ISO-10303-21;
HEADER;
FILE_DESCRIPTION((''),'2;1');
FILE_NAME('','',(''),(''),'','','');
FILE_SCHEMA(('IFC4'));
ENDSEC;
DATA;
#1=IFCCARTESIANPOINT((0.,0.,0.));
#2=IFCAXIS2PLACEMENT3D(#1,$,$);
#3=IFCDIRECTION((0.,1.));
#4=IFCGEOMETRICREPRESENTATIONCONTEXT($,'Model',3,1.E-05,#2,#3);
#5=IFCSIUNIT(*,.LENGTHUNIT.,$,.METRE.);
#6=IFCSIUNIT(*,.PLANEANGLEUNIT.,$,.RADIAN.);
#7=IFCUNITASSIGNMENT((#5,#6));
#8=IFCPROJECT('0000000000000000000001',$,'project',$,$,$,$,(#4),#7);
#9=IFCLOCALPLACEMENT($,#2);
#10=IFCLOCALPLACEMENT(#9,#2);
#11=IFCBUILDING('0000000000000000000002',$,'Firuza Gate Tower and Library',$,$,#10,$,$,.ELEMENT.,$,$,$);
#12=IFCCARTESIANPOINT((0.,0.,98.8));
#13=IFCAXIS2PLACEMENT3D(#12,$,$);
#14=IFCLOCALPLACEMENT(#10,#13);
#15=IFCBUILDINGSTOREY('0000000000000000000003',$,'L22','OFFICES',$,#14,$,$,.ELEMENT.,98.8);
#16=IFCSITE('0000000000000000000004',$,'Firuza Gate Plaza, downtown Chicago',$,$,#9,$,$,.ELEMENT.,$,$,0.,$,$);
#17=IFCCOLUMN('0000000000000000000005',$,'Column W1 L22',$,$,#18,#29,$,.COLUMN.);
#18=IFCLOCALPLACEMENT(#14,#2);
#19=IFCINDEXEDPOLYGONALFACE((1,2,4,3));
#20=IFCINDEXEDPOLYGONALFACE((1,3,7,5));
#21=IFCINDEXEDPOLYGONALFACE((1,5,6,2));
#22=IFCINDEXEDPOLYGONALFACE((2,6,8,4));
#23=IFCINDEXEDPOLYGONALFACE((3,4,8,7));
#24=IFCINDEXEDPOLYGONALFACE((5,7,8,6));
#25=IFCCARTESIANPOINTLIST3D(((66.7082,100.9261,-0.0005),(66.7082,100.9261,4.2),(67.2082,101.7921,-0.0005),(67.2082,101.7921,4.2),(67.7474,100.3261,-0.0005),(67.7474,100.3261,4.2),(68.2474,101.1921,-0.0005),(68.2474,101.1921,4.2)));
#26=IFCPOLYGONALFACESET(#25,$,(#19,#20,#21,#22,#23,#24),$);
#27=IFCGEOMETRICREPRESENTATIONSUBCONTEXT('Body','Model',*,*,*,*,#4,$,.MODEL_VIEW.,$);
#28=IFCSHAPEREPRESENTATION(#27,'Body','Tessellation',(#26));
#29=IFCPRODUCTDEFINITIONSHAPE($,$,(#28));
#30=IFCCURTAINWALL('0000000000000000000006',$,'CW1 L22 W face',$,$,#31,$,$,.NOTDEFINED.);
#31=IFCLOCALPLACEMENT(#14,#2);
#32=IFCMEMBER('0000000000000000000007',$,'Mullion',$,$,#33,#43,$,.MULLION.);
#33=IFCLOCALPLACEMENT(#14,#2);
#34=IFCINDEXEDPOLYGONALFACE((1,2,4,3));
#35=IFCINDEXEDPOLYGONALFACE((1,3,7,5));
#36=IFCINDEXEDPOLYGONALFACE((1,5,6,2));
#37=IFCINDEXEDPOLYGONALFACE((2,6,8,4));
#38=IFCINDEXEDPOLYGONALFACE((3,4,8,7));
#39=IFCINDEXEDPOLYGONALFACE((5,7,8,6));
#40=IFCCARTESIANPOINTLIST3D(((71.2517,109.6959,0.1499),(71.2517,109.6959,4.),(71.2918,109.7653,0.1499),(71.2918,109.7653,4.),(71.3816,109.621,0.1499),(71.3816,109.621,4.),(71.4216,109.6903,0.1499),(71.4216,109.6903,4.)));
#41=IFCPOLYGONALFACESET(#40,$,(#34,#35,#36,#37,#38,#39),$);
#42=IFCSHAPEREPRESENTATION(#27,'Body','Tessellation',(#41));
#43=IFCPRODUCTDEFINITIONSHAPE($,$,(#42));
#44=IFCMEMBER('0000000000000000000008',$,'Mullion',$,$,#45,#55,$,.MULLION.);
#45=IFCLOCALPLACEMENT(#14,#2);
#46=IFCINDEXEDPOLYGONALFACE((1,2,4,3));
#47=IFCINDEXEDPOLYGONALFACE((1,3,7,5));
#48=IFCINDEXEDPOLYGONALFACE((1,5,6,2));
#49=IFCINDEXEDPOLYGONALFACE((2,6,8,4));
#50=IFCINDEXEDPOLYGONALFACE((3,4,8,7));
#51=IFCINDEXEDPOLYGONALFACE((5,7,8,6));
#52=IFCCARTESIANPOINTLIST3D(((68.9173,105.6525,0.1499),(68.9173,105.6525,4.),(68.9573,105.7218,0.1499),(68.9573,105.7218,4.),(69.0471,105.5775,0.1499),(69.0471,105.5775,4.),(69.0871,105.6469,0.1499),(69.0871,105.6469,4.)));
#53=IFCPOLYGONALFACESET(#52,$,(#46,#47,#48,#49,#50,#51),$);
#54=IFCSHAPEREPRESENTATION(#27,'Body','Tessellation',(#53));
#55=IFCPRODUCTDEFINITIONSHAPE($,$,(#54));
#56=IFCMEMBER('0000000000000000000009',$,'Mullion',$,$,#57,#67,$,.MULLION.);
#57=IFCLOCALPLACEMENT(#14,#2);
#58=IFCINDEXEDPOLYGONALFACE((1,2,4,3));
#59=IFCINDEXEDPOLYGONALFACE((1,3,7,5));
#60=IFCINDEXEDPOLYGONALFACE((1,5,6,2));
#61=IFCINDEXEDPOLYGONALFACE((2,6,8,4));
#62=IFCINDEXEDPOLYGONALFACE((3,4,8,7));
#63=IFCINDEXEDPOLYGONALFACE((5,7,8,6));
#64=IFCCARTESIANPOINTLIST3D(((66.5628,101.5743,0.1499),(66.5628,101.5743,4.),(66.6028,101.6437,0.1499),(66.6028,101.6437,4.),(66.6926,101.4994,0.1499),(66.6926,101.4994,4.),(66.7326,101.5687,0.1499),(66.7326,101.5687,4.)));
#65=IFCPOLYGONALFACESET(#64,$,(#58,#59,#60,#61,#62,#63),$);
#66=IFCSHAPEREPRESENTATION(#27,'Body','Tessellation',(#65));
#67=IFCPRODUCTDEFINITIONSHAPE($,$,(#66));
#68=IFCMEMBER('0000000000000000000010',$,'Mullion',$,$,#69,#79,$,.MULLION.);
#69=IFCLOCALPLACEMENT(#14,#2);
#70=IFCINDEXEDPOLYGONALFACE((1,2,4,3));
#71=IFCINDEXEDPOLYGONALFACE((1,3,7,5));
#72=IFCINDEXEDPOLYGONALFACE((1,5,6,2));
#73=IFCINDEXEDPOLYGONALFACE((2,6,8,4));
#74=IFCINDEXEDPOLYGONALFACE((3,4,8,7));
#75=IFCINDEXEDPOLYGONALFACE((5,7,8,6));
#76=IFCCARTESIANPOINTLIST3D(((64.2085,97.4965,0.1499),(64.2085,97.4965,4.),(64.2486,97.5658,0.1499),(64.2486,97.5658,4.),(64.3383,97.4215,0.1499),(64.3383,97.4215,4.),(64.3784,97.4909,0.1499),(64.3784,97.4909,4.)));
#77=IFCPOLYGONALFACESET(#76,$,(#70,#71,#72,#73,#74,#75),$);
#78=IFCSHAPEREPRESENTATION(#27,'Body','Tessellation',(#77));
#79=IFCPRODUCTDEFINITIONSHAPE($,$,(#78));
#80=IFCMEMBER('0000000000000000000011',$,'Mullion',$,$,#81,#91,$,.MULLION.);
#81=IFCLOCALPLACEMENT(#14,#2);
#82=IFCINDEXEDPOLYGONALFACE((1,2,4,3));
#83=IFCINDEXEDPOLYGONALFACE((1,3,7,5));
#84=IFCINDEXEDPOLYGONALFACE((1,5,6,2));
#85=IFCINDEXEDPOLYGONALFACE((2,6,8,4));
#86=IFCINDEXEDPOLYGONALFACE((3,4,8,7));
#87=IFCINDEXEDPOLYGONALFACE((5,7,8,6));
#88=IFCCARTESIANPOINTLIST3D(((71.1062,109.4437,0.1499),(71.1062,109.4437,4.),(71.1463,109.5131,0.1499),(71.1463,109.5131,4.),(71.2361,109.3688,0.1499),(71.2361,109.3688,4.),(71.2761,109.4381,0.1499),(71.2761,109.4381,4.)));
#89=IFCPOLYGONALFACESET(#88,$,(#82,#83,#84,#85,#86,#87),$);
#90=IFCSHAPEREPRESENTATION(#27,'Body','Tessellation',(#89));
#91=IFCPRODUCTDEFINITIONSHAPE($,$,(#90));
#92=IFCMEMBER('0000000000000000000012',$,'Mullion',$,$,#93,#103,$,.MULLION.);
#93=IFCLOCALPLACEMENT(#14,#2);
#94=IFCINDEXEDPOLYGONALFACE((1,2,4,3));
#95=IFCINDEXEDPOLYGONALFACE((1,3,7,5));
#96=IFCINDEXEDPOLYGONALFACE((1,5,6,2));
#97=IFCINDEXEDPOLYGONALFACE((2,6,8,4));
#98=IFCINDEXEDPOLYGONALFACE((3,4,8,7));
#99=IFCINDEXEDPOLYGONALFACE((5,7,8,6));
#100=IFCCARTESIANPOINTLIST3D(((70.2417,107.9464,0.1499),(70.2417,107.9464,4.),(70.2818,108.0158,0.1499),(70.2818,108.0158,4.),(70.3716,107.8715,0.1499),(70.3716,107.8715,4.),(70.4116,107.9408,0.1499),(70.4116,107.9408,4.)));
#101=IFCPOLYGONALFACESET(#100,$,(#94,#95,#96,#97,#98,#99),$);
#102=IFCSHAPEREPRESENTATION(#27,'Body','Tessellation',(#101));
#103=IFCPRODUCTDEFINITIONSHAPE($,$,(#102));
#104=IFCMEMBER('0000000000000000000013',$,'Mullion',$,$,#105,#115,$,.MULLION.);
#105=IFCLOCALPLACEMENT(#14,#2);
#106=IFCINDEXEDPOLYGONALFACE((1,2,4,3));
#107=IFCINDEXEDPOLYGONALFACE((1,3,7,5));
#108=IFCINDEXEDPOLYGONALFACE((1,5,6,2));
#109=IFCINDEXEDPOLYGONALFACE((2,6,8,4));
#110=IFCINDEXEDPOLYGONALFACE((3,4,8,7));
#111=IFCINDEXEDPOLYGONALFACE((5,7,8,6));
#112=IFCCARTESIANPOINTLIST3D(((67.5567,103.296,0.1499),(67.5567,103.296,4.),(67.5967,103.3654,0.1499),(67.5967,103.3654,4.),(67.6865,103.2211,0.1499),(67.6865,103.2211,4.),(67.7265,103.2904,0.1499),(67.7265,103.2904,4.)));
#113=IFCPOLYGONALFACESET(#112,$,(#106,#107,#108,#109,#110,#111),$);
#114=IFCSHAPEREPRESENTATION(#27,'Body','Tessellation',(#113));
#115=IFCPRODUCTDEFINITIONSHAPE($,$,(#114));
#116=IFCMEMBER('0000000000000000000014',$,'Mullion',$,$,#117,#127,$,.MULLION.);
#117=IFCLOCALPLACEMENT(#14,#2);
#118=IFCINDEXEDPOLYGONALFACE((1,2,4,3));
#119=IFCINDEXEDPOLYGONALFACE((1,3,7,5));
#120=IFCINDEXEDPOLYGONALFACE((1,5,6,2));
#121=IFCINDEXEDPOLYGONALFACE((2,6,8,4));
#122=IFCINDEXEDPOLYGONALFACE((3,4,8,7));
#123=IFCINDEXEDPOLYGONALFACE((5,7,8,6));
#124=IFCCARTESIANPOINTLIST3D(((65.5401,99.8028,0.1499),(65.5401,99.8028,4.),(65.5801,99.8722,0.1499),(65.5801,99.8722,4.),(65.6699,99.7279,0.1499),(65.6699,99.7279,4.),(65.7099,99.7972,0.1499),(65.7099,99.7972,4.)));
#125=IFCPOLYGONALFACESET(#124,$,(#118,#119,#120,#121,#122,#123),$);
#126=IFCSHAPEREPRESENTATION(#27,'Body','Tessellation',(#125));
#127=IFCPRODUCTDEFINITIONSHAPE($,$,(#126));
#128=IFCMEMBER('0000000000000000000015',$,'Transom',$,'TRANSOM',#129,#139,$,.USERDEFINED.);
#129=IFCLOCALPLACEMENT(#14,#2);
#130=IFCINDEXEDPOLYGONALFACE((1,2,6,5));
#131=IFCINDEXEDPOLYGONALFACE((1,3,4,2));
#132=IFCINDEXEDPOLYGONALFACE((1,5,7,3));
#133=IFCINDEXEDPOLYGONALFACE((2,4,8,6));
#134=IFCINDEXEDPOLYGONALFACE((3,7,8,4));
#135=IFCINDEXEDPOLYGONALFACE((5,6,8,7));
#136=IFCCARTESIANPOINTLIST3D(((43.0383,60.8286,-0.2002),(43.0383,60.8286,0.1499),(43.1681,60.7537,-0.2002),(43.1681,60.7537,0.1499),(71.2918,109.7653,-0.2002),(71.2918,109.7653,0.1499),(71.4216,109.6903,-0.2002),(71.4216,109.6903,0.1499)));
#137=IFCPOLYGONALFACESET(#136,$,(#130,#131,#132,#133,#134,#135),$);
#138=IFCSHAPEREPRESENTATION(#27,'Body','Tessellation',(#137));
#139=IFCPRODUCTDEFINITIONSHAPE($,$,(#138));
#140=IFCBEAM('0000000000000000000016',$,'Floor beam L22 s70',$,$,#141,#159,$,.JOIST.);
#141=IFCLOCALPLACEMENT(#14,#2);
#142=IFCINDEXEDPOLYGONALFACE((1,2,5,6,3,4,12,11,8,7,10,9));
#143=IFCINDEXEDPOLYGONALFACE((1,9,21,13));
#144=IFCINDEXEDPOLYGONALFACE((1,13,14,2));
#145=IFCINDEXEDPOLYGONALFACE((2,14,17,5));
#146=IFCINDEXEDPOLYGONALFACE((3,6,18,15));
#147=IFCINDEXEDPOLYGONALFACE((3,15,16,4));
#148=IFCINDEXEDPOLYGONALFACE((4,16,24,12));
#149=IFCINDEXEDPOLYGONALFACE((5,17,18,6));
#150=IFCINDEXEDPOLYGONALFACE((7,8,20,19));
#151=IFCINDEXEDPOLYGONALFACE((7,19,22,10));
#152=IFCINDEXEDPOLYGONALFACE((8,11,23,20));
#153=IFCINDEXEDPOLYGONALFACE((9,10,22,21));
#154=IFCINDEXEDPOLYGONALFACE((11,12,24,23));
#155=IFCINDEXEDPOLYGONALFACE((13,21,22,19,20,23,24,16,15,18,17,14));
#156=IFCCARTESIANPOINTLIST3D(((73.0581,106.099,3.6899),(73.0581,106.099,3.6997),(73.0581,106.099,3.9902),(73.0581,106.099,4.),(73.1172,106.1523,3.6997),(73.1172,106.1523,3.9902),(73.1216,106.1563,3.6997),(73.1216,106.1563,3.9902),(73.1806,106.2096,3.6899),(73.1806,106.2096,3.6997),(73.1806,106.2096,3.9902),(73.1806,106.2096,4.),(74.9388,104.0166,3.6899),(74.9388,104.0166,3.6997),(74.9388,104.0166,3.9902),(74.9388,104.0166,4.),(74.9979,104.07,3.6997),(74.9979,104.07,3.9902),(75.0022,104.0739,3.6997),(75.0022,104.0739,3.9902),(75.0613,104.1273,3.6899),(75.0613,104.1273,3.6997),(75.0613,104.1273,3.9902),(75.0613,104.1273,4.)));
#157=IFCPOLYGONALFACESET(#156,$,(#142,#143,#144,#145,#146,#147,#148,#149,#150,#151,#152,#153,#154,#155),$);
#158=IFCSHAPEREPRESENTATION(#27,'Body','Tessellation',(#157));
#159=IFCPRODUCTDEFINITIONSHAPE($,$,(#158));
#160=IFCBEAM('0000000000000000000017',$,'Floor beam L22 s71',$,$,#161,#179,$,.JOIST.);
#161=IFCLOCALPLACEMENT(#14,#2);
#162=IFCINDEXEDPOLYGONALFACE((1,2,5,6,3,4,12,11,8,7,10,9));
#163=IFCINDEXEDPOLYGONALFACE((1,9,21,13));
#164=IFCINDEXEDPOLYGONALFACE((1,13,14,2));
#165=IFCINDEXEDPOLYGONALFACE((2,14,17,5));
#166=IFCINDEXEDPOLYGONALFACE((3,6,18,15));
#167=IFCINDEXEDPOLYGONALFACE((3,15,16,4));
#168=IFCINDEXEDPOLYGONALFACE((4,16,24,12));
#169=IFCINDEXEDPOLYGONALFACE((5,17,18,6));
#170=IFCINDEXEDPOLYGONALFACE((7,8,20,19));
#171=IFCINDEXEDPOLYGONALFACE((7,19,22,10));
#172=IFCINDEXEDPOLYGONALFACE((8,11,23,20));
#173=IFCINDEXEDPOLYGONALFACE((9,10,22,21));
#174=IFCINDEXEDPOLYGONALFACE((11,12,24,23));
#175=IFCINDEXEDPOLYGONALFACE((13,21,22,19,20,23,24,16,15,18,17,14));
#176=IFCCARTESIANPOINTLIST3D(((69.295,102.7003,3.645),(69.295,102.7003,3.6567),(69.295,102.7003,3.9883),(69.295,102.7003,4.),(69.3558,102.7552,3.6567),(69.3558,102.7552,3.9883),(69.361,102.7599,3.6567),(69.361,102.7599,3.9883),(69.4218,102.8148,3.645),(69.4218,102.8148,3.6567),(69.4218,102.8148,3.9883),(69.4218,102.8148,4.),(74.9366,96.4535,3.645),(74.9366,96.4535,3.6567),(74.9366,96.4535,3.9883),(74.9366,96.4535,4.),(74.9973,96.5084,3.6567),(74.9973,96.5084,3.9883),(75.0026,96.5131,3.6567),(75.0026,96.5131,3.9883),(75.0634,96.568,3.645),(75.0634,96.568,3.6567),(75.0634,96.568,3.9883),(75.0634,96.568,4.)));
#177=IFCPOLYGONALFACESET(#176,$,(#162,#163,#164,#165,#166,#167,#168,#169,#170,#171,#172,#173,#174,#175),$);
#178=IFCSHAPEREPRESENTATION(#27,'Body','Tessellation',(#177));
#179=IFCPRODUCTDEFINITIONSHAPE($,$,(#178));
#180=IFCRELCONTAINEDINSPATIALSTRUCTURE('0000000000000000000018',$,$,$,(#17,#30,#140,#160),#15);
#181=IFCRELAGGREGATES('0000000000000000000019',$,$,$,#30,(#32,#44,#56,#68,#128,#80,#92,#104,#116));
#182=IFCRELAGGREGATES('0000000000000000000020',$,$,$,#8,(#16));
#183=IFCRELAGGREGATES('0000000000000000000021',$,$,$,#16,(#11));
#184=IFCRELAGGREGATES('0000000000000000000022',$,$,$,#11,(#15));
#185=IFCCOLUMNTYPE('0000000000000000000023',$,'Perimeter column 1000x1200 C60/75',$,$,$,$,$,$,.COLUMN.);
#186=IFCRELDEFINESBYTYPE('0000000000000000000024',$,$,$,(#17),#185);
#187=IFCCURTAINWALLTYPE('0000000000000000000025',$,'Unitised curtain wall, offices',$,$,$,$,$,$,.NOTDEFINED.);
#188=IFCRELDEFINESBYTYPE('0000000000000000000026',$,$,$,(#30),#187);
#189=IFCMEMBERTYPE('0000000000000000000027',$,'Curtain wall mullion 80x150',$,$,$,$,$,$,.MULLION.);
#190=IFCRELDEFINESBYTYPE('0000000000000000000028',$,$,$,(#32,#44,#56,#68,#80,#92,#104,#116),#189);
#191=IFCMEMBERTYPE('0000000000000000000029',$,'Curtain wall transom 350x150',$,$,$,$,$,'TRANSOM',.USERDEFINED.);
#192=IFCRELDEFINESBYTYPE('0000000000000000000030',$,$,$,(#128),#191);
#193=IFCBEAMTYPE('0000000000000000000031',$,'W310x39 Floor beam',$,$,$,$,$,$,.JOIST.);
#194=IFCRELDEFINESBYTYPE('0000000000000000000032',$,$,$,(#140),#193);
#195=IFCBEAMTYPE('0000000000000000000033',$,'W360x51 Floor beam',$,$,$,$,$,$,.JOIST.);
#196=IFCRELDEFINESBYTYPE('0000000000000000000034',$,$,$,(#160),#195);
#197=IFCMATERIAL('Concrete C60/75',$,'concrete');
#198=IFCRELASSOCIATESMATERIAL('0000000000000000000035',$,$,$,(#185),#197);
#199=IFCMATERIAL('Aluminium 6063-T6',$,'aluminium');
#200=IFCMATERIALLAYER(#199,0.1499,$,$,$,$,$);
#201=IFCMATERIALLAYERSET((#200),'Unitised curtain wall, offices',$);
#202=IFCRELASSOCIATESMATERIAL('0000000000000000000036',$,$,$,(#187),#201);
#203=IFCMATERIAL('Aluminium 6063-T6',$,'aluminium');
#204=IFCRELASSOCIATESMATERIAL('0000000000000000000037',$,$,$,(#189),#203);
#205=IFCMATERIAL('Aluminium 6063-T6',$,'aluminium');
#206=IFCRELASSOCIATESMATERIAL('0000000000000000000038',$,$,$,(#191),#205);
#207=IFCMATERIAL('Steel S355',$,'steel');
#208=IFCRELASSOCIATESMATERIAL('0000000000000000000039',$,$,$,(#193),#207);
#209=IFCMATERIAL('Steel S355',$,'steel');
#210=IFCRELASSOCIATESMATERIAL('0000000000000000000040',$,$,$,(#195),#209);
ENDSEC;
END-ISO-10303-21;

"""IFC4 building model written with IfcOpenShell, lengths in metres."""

from ifc_helpers import new_model, si_unit, direction, frame, origin, origin_2d, place, context, subcontext, project, spatial, rectangle, i_section, extrude, material, layer, layer_set, material_profile, profile_set, type_object, element, aggregate, save


model = new_model("IFC4")

# Units and contexts
model_context = context("Model", 3, precision=1e-05, world=origin(), true_north=direction((0.0, 1.0)))
body_context = subcontext(model_context, "Body", "Model", "MODEL_VIEW")
ifc_project = project(units=[si_unit("LENGTHUNIT", "METRE"), si_unit("PLANEANGLEUNIT", "RADIAN")], contexts=[model_context])

# Site, building, storey
site_placement = place(None, origin())
site = spatial("IfcSite", under=ifc_project, at=site_placement, Name="Firuza Gate Plaza, downtown Chicago", CompositionType="ELEMENT", RefElevation=0.0)
building_placement = place(site_placement, origin())
building = spatial("IfcBuilding", under=site, at=building_placement, Name="Firuza Gate Tower and Library", CompositionType="ELEMENT")
storey_placement = place(building_placement, frame((0.0, 0.0, 98.8)))
storey = spatial("IfcBuildingStorey", under=building, at=storey_placement, Name="L22", Description="OFFICES", CompositionType="ELEMENT", Elevation=98.8)

# Column
ifc_material_1 = material(Name="Concrete C60/75", Category="concrete")
ifc_material_profile_1 = material_profile(ifc_material_1, rectangle(XDim=1.0, YDim=1.2, at=origin_2d()))
ifc_profile_set_1 = profile_set([ifc_material_profile_1], Name="Concrete C60/75")
column_type = type_object("IfcColumnType", Name="Perimeter column 1000x1200 C60/75", PredefinedType="COLUMN", material=ifc_profile_set_1)
column_placement = place(storey_placement, frame((67.4778, 101.0591, -0.0005), z_axis=(0.0, 0.0, 1.0), x_axis=(-0.5, -0.866025, 0.0)))
element("IfcColumn", 1, at=column_placement, inside=storey, type_object=column_type, Name="Column W1 L22", PredefinedType="COLUMN", context=body_context, shape_type="SweptSolid", body=[
    extrude(rectangle(XDim=1.0, YDim=1.2, at=origin_2d()), origin(), (0.0, 0.0, 1.0), 4.2004),
])

# Curtain wall, members
ifc_material_2 = material(Name="Aluminium 6063-T6", Category="aluminium")
ifc_layer_1 = layer(ifc_material_2, 0.1499)
ifc_layer_set_1 = layer_set([ifc_layer_1], Name="Unitised curtain wall, offices")
curtain_wall_type = type_object("IfcCurtainWallType", Name="Unitised curtain wall, offices", PredefinedType="NOTDEFINED", material=ifc_layer_set_1)
curtain_wall_placement = place(storey_placement, origin())
curtain_wall = element("IfcCurtainWall", 2, at=curtain_wall_placement, inside=storey, type_object=curtain_wall_type, Name="CW1 L22 W face", PredefinedType="NOTDEFINED")
ifc_material_3 = material(Name="Aluminium 6063-T6", Category="aluminium")
ifc_material_profile_2 = material_profile(ifc_material_3, rectangle(XDim=0.1499, YDim=0.0801, at=origin_2d()))
ifc_profile_set_2 = profile_set([ifc_material_profile_2], Name="Aluminium 6063-T6")
member_type_1 = type_object("IfcMemberType", Name="Curtain wall mullion 80x150", PredefinedType="MULLION", material=ifc_profile_set_2)
member_1_placement = place(storey_placement, frame((71.3367, 109.6931, 0.1499), z_axis=(0.0, 0.0, 1.0), x_axis=(0.866025, -0.5, 0.0)))
member_1 = element("IfcMember", 3, at=member_1_placement, type_object=member_type_1, Name="Mullion", PredefinedType="MULLION", context=body_context, shape_type="SweptSolid", body=[
    extrude(rectangle(XDim=0.1499, YDim=0.0801, at=origin_2d()), origin(), (0.0, 0.0, 1.0), 3.8501),
])
member_2_placement = place(storey_placement, frame((69.0022, 105.6497, 0.1499), z_axis=(0.0, 0.0, 1.0), x_axis=(0.866025, -0.5, 0.0)))
member_2 = element("IfcMember", 4, at=member_2_placement, type_object=member_type_1, Name="Mullion", PredefinedType="MULLION", context=body_context, shape_type="SweptSolid", body=[
    extrude(rectangle(XDim=0.1499, YDim=0.0801, at=origin_2d()), origin(), (0.0, 0.0, 1.0), 3.8501),
])
member_3_placement = place(storey_placement, frame((66.6477, 101.5715, 0.1499), z_axis=(0.0, 0.0, 1.0), x_axis=(0.866025, -0.5, 0.0)))
member_3 = element("IfcMember", 5, at=member_3_placement, type_object=member_type_1, Name="Mullion", PredefinedType="MULLION", context=body_context, shape_type="SweptSolid", body=[
    extrude(rectangle(XDim=0.1499, YDim=0.0801, at=origin_2d()), origin(), (0.0, 0.0, 1.0), 3.8501),
])
member_4_placement = place(storey_placement, frame((64.2935, 97.4937, 0.1499), z_axis=(0.0, 0.0, 1.0), x_axis=(0.866025, -0.5, 0.0)))
member_4 = element("IfcMember", 6, at=member_4_placement, type_object=member_type_1, Name="Mullion", PredefinedType="MULLION", context=body_context, shape_type="SweptSolid", body=[
    extrude(rectangle(XDim=0.1499, YDim=0.0801, at=origin_2d()), origin(), (0.0, 0.0, 1.0), 3.8501),
])
member_5_placement = place(storey_placement, frame((71.1912, 109.4409, 0.1499), z_axis=(0.0, 0.0, 1.0), x_axis=(0.866025, -0.5, 0.0)))
member_5 = element("IfcMember", 7, at=member_5_placement, type_object=member_type_1, Name="Mullion", PredefinedType="MULLION", context=body_context, shape_type="SweptSolid", body=[
    extrude(rectangle(XDim=0.1499, YDim=0.0801, at=origin_2d()), origin(), (0.0, 0.0, 1.0), 3.8501),
])
member_6_placement = place(storey_placement, frame((70.3267, 107.9436, 0.1499), z_axis=(0.0, 0.0, 1.0), x_axis=(0.866025, -0.5, 0.0)))
member_6 = element("IfcMember", 8, at=member_6_placement, type_object=member_type_1, Name="Mullion", PredefinedType="MULLION", context=body_context, shape_type="SweptSolid", body=[
    extrude(rectangle(XDim=0.1499, YDim=0.0801, at=origin_2d()), origin(), (0.0, 0.0, 1.0), 3.8501),
])
member_7_placement = place(storey_placement, frame((67.6416, 103.2932, 0.1499), z_axis=(0.0, 0.0, 1.0), x_axis=(0.866025, -0.5, 0.0)))
member_7 = element("IfcMember", 9, at=member_7_placement, type_object=member_type_1, Name="Mullion", PredefinedType="MULLION", context=body_context, shape_type="SweptSolid", body=[
    extrude(rectangle(XDim=0.1499, YDim=0.0801, at=origin_2d()), origin(), (0.0, 0.0, 1.0), 3.8501),
])
member_8_placement = place(storey_placement, frame((65.625, 99.8, 0.1499), z_axis=(0.0, 0.0, 1.0), x_axis=(0.866025, -0.5, 0.0)))
member_8 = element("IfcMember", 10, at=member_8_placement, type_object=member_type_1, Name="Mullion", PredefinedType="MULLION", context=body_context, shape_type="SweptSolid", body=[
    extrude(rectangle(XDim=0.1499, YDim=0.0801, at=origin_2d()), origin(), (0.0, 0.0, 1.0), 3.8501),
])
ifc_material_4 = material(Name="Aluminium 6063-T6", Category="aluminium")
ifc_material_profile_3 = material_profile(ifc_material_4, rectangle(XDim=0.1499, YDim=0.3501, at=origin_2d()))
ifc_profile_set_3 = profile_set([ifc_material_profile_3], Name="Aluminium 6063-T6")
member_type_2 = type_object("IfcMemberType", Name="Curtain wall transom 350x150", ElementType="TRANSOM", PredefinedType="USERDEFINED", material=ifc_profile_set_3)
member_9_placement = place(storey_placement, frame((71.3567, 109.7278, -0.0251), z_axis=(-0.499999, -0.866026, 0.0), x_axis=(0.866026, -0.499999, 0.0)))
member_9 = element("IfcMember", 11, at=member_9_placement, type_object=member_type_2, Name="Transom", ObjectType="TRANSOM", PredefinedType="USERDEFINED", context=body_context, shape_type="SweptSolid", body=[
    extrude(rectangle(XDim=0.1499, YDim=0.3501, at=origin_2d()), origin(), (0.0, 0.0, 1.0), 56.5071),
])

# Beams
ifc_material_5 = material(Name="Steel S355", Category="steel")
ifc_material_profile_4 = material_profile(ifc_material_5, i_section(OverallWidth=0.165, OverallDepth=0.3101, WebThickness=0.0059, FlangeThickness=0.0098, at=origin_2d()))
ifc_profile_set_4 = profile_set([ifc_material_profile_4], Name="Steel S355")
beam_type_1 = type_object("IfcBeamType", Name="W310x39 Floor beam", PredefinedType="JOIST", material=ifc_profile_set_4)
beam_1_placement = place(storey_placement, frame((73.1194, 106.1543, 3.845), z_axis=(0.670257, -0.742129, 0.0), x_axis=(0.742129, 0.670257, 0.0)))
element("IfcBeam", 12, at=beam_1_placement, inside=storey, type_object=beam_type_1, Name="Floor beam L22 s70", PredefinedType="JOIST", context=body_context, shape_type="SweptSolid", body=[
    extrude(i_section(OverallWidth=0.165, OverallDepth=0.3101, WebThickness=0.0059, FlangeThickness=0.0098, at=origin_2d()), origin(), (0.0, 0.0, 1.0), 2.8059),
])
ifc_material_6 = material(Name="Steel S355", Category="steel")
ifc_material_profile_5 = material_profile(ifc_material_6, i_section(OverallWidth=0.1709, OverallDepth=0.355, WebThickness=0.0071, FlangeThickness=0.0117, at=origin_2d()))
ifc_profile_set_5 = profile_set([ifc_material_profile_5], Name="Steel S355")
beam_type_2 = type_object("IfcBeamType", Name="W360x51 Floor beam", PredefinedType="JOIST", material=ifc_profile_set_5)
beam_2_placement = place(storey_placement, frame((69.3584, 102.7576, 3.8225), z_axis=(0.670241, -0.742144, 0.0), x_axis=(0.742144, 0.670241, 0.0)))
element("IfcBeam", 13, at=beam_2_placement, inside=storey, type_object=beam_type_2, Name="Floor beam L22 s71", PredefinedType="JOIST", context=body_context, shape_type="SweptSolid", body=[
    extrude(i_section(OverallWidth=0.1709, OverallDepth=0.355, WebThickness=0.0071, FlangeThickness=0.0117, at=origin_2d()), origin(), (0.0, 0.0, 1.0), 8.4172),
])

aggregate(curtain_wall, [member_1, member_2, member_3, member_4, member_9, member_5, member_6, member_7, member_8])

save(model, "model.ifc")
